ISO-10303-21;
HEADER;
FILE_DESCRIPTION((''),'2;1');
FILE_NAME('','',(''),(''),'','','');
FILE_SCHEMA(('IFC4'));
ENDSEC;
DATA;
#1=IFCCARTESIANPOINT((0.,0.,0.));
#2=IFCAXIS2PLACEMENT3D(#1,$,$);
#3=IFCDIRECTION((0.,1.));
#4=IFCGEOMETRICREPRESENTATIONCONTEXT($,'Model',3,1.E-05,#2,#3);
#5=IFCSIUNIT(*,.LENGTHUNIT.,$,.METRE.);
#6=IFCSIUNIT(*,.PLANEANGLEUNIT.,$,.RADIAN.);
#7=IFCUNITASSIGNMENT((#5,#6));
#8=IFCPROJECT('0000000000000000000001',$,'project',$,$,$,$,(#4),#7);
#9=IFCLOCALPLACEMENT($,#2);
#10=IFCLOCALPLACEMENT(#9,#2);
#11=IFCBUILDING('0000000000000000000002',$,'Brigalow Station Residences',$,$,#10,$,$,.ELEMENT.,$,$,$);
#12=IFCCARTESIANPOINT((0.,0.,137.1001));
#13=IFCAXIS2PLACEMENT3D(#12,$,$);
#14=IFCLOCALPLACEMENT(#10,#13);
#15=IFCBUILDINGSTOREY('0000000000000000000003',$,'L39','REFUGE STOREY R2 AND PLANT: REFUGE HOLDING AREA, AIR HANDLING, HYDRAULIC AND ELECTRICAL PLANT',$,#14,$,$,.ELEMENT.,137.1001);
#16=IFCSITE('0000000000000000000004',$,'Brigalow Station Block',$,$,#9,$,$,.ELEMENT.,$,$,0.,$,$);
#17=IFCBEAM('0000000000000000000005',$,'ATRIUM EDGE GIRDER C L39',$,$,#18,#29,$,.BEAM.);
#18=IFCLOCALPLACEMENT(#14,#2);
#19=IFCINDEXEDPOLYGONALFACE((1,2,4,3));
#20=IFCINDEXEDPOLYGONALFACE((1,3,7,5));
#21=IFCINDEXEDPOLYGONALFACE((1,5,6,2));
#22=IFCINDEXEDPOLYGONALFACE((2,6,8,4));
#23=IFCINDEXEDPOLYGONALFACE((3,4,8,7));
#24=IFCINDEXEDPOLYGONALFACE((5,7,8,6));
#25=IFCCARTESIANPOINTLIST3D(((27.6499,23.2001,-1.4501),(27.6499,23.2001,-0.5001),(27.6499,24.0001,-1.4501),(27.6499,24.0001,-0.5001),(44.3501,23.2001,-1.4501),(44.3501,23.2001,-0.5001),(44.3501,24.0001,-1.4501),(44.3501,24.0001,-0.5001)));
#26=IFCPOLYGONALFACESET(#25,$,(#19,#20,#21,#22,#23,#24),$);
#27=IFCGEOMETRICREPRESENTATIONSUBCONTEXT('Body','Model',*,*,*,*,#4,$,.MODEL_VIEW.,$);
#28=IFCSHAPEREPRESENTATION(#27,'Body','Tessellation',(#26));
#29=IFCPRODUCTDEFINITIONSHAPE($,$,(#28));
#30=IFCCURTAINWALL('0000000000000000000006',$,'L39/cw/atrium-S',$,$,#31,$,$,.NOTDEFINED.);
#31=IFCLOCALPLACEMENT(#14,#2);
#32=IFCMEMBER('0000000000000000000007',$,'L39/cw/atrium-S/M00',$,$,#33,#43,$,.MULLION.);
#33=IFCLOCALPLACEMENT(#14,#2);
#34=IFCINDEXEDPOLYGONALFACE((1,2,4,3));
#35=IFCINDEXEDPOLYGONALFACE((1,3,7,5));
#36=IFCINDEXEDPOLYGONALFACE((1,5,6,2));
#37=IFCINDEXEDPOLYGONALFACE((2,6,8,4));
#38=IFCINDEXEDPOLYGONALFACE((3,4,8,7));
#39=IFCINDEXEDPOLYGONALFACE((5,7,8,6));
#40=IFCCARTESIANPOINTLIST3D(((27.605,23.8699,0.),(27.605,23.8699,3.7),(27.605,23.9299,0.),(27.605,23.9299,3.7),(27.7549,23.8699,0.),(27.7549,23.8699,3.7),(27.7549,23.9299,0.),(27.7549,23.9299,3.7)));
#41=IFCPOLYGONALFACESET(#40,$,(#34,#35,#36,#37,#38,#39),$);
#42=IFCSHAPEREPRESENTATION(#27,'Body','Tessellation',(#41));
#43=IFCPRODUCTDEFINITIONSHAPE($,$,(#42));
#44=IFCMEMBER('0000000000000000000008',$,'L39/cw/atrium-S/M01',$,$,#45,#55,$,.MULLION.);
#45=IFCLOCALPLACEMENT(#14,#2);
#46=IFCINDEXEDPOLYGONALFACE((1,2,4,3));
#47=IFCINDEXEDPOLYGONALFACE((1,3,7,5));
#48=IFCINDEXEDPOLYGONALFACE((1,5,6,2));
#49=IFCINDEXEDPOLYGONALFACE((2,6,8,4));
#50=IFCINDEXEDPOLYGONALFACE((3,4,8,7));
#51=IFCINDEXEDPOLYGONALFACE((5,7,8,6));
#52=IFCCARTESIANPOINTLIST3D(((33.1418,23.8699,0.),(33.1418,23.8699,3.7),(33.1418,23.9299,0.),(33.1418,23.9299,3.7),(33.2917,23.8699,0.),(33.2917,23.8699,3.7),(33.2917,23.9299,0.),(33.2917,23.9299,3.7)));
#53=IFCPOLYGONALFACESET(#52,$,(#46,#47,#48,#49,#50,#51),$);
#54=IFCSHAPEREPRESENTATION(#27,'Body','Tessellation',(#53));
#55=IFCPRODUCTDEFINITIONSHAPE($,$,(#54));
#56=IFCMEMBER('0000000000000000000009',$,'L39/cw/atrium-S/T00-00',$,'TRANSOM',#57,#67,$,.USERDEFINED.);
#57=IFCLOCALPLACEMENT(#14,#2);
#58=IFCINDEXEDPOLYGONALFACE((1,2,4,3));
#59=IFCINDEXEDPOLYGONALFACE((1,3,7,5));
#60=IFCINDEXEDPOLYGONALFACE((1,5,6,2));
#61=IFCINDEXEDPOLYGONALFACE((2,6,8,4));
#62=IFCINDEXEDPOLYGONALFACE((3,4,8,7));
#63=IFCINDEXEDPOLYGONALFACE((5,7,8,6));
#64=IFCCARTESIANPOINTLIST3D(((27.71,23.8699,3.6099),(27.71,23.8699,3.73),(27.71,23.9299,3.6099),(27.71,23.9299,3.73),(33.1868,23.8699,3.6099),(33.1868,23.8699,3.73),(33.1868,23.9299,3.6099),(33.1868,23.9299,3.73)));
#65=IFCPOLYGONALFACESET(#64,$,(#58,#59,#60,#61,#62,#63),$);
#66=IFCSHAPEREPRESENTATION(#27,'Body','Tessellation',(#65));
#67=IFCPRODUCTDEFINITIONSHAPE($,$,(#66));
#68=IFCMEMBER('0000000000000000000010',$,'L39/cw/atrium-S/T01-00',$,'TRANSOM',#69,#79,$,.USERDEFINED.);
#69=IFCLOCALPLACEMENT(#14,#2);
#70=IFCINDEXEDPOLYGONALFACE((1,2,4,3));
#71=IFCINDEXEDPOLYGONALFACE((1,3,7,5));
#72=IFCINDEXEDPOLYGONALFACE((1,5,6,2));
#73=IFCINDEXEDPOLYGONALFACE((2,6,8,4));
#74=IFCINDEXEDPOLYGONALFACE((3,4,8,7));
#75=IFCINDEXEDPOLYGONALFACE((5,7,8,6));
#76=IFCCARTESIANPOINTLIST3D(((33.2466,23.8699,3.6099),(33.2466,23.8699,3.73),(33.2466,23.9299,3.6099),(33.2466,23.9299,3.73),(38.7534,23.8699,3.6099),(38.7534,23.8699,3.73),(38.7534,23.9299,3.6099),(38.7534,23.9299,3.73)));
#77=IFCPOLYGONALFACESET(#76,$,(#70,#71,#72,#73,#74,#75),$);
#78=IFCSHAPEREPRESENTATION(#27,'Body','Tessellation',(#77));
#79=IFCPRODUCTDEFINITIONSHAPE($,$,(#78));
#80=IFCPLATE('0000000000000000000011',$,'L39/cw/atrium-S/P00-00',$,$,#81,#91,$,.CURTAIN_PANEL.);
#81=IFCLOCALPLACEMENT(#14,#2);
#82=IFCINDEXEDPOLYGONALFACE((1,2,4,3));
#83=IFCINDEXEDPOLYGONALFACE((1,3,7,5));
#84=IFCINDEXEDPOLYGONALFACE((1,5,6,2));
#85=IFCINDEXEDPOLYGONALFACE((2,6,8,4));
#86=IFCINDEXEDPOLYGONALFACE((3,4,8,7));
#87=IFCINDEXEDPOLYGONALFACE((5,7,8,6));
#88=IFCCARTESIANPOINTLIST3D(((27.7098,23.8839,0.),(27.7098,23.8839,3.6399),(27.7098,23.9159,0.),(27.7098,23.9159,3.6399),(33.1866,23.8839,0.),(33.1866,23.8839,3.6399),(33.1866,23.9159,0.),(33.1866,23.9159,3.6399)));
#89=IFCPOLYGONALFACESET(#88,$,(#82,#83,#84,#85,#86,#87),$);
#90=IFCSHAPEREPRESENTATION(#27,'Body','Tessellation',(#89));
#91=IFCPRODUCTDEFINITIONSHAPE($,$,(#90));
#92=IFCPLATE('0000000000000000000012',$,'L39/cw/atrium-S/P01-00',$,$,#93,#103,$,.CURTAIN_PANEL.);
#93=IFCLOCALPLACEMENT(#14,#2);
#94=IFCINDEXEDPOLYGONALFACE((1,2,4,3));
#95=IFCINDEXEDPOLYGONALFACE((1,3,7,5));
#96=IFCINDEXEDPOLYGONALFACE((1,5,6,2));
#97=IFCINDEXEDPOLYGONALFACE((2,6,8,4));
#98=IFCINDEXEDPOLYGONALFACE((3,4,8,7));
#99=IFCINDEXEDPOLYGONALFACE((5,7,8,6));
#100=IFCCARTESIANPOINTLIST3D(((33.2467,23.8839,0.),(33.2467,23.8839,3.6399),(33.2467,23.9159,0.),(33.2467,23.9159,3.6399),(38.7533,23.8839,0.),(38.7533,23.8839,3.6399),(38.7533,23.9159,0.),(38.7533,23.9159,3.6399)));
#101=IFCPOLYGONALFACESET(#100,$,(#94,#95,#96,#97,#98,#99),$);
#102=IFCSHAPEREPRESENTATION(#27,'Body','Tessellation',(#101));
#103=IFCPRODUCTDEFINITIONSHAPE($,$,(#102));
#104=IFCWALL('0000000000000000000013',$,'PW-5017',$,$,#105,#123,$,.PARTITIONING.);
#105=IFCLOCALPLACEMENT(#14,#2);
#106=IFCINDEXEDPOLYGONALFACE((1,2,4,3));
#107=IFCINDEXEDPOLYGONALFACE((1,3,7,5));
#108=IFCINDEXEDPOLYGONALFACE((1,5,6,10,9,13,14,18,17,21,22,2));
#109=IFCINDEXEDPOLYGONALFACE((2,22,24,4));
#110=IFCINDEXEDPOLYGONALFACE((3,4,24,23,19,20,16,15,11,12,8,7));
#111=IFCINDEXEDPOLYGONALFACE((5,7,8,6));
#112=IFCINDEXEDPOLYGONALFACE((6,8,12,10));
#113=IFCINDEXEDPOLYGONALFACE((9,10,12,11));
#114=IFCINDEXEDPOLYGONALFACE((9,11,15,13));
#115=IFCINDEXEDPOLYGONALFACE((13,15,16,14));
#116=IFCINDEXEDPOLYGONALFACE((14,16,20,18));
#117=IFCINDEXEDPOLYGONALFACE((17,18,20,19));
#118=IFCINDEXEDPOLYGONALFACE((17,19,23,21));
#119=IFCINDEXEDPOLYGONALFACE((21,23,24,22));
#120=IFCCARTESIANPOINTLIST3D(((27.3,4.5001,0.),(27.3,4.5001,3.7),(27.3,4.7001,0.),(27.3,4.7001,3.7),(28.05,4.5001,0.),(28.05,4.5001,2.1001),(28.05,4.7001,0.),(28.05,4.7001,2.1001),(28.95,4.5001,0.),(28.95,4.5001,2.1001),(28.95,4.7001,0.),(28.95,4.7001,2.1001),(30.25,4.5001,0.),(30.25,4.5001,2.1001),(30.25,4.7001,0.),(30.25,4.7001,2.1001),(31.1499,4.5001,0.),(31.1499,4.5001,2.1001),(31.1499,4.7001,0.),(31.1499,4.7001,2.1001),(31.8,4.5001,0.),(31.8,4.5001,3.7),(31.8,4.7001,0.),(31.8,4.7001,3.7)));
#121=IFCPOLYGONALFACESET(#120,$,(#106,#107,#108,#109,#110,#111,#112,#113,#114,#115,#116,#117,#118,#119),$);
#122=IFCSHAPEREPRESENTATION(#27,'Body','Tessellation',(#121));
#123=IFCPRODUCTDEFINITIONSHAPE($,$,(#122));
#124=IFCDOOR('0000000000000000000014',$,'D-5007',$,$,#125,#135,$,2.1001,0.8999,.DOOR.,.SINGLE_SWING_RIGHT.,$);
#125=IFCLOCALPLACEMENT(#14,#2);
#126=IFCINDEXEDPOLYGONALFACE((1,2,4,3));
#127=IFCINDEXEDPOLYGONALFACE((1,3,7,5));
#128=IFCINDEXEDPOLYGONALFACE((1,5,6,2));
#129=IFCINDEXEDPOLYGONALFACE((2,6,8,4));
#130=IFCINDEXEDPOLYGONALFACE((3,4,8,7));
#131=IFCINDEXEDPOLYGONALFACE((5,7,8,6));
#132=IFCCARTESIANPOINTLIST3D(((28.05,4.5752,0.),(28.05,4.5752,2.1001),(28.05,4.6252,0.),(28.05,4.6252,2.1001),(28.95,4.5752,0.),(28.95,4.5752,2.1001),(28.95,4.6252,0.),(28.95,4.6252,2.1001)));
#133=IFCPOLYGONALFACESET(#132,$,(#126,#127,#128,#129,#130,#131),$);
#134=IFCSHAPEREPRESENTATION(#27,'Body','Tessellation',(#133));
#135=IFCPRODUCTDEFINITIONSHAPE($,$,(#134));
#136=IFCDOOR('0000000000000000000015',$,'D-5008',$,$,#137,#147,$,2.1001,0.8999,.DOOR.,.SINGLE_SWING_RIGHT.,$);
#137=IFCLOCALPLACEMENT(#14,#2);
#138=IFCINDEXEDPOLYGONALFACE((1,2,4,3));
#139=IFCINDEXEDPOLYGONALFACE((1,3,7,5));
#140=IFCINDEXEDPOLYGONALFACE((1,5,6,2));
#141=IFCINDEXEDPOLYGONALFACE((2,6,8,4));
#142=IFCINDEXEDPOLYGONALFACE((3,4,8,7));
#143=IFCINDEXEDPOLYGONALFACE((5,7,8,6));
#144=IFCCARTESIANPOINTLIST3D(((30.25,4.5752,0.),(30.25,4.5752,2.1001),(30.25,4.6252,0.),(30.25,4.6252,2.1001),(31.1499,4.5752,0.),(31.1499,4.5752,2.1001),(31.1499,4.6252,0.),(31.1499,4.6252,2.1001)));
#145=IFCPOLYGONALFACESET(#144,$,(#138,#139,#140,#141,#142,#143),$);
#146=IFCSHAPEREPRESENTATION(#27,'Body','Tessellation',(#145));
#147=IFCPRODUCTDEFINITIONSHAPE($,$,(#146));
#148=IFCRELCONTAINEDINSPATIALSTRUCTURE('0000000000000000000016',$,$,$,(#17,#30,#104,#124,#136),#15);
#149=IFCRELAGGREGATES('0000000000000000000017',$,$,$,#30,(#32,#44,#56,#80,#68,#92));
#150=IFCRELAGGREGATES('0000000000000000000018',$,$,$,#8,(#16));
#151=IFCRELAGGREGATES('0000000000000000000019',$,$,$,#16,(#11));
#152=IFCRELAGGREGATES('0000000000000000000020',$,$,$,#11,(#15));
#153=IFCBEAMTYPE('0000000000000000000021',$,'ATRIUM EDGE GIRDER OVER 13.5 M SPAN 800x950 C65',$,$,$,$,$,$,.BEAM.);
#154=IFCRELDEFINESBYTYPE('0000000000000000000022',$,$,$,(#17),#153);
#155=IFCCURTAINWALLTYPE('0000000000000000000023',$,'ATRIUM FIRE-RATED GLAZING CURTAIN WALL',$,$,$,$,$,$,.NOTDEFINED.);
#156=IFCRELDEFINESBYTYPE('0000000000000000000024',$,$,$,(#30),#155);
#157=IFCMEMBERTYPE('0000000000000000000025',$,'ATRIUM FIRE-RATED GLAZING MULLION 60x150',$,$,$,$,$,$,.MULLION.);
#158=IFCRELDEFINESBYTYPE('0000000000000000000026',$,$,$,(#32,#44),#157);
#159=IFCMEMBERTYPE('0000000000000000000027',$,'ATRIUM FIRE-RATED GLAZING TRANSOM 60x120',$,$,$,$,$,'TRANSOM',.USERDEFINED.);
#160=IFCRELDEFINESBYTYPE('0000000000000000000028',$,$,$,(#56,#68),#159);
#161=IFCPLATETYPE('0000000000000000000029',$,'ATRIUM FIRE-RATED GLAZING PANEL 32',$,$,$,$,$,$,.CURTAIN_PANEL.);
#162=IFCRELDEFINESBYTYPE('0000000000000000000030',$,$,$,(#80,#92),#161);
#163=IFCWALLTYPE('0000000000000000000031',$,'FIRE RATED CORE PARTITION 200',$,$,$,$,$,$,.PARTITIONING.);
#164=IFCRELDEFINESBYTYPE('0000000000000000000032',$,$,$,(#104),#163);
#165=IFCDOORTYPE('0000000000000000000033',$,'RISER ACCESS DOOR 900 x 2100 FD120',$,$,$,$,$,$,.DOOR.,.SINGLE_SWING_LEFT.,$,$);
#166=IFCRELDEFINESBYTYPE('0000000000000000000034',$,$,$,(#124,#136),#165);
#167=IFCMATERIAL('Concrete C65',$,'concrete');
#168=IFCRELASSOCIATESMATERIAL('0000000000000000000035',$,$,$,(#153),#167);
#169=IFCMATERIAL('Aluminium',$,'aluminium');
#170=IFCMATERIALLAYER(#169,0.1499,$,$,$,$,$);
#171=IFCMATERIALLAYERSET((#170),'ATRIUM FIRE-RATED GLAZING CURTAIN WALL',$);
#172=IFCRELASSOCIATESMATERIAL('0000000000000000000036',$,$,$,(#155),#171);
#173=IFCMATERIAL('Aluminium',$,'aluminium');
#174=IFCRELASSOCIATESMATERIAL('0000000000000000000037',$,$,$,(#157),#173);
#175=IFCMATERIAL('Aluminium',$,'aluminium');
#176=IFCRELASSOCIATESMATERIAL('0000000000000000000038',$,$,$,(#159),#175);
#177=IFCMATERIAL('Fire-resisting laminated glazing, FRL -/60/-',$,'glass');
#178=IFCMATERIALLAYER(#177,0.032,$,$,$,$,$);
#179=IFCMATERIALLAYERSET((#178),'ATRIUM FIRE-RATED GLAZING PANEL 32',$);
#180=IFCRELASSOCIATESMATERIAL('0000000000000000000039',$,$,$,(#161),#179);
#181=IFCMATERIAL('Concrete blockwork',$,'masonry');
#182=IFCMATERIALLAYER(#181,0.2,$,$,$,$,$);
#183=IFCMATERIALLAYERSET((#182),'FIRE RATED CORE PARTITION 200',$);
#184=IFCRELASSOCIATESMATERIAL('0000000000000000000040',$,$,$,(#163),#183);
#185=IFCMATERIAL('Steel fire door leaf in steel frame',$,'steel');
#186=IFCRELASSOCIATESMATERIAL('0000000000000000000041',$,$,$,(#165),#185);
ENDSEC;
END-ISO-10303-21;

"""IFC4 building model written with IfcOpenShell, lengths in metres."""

from ifc_helpers import new_model, si_unit, direction, frame, frame_2d, origin, origin_2d, place, context, subcontext, project, spatial, rectangle, extrude, material, layer, layer_set, material_profile, profile_set, type_object, element, fill, aggregate, save


model = new_model("IFC4")

# Units and contexts
model_context = context("Model", 3, precision=1e-05, world=origin(), true_north=direction((0.0, 1.0)))
body_context = subcontext(model_context, "Body", "Model", "MODEL_VIEW")
ifc_project = project(units=[si_unit("LENGTHUNIT", "METRE"), si_unit("PLANEANGLEUNIT", "RADIAN")], contexts=[model_context])

# Site, building, storey
site_placement = place(None, origin())
site = spatial("IfcSite", under=ifc_project, at=site_placement, Name="Brigalow Station Block", CompositionType="ELEMENT", RefElevation=0.0)
building_placement = place(site_placement, origin())
building = spatial("IfcBuilding", under=site, at=building_placement, Name="Brigalow Station Residences", CompositionType="ELEMENT")
storey_placement = place(building_placement, frame((0.0, 0.0, 137.1001)))
storey = spatial("IfcBuildingStorey", under=building, at=storey_placement, Name="L39", Description="REFUGE STOREY R2 AND PLANT: REFUGE HOLDING AREA, AIR HANDLING, HYDRAULIC AND ELECTRICAL PLANT", CompositionType="ELEMENT", Elevation=137.1001)

# Beam
ifc_material_1 = material(Name="Concrete C65", Category="concrete")
ifc_material_profile_1 = material_profile(ifc_material_1, rectangle(XDim=0.8, YDim=0.95, at=origin_2d()), Name="RC800x950")
ifc_profile_set_1 = profile_set([ifc_material_profile_1], Name="Concrete C65")
beam_type = type_object("IfcBeamType", Name="ATRIUM EDGE GIRDER OVER 13.5 M SPAN 800x950 C65", PredefinedType="BEAM", material=ifc_profile_set_1)
beam_placement = place(storey_placement, frame((27.6499, 23.6001, -0.9751), z_axis=(1.0, 0.0, 0.0), x_axis=(0.0, 1.0, 0.0)))
element("IfcBeam", 1, at=beam_placement, inside=storey, type_object=beam_type, Name="ATRIUM EDGE GIRDER C L39", PredefinedType="BEAM", context=body_context, shape_type="SweptSolid", body=[
    extrude(rectangle(XDim=0.8, YDim=0.95, at=origin_2d()), origin(), (0.0, 0.0, 1.0), 16.7002),
])

# Curtain wall, members, plates
ifc_material_2 = material(Name="Aluminium", Category="aluminium")
ifc_layer_1 = layer(ifc_material_2, 0.1499)
ifc_layer_set_1 = layer_set([ifc_layer_1], Name="ATRIUM FIRE-RATED GLAZING CURTAIN WALL")
curtain_wall_type = type_object("IfcCurtainWallType", Name="ATRIUM FIRE-RATED GLAZING CURTAIN WALL", PredefinedType="NOTDEFINED", material=ifc_layer_set_1)
curtain_wall_placement = place(storey_placement, origin())
curtain_wall = element("IfcCurtainWall", 2, at=curtain_wall_placement, inside=storey, type_object=curtain_wall_type, Name="L39/cw/atrium-S", PredefinedType="NOTDEFINED")
ifc_material_3 = material(Name="Aluminium", Category="aluminium")
ifc_material_profile_2 = material_profile(ifc_material_3, rectangle(XDim=0.0601, YDim=0.1499, at=origin_2d()), Name="ATRIUM FIRE-RATED GLAZING MULLION 60x150")
ifc_profile_set_2 = profile_set([ifc_material_profile_2], Name="Aluminium")
member_type_1 = type_object("IfcMemberType", Name="ATRIUM FIRE-RATED GLAZING MULLION 60x150", PredefinedType="MULLION", material=ifc_profile_set_2)
member_1_placement = place(storey_placement, frame((27.6799, 23.8999, 0.0), z_axis=(0.0, 0.0, 1.0), x_axis=(0.0, 1.0, 0.0)))
member_1 = element("IfcMember", 3, at=member_1_placement, type_object=member_type_1, Name="L39/cw/atrium-S/M00", PredefinedType="MULLION", context=body_context, shape_type="SweptSolid", body=[
    extrude(rectangle(XDim=0.0601, YDim=0.1499, at=origin_2d()), origin(), (0.0, 0.0, 1.0), 3.7),
])
member_2_placement = place(storey_placement, frame((33.2168, 23.8999, 0.0), z_axis=(0.0, 0.0, 1.0), x_axis=(0.0, 1.0, 0.0)))
member_2 = element("IfcMember", 4, at=member_2_placement, type_object=member_type_1, Name="L39/cw/atrium-S/M01", PredefinedType="MULLION", context=body_context, shape_type="SweptSolid", body=[
    extrude(rectangle(XDim=0.0601, YDim=0.1499, at=origin_2d()), origin(), (0.0, 0.0, 1.0), 3.7),
])
ifc_material_4 = material(Name="Aluminium", Category="aluminium")
ifc_material_profile_3 = material_profile(ifc_material_4, rectangle(XDim=0.0601, YDim=0.1201, at=origin_2d()), Name="ATRIUM FIRE-RATED GLAZING TRANSOM 60x120")
ifc_profile_set_3 = profile_set([ifc_material_profile_3], Name="Aluminium")
member_type_2 = type_object("IfcMemberType", Name="ATRIUM FIRE-RATED GLAZING TRANSOM 60x120", ElementType="TRANSOM", PredefinedType="USERDEFINED", material=ifc_profile_set_3)
member_3_placement = place(storey_placement, frame((27.71, 23.8999, 3.6699), z_axis=(1.0, 0.0, 0.0), x_axis=(0.0, 1.0, 0.0)))
member_3 = element("IfcMember", 5, at=member_3_placement, type_object=member_type_2, Name="L39/cw/atrium-S/T00-00", ObjectType="TRANSOM", PredefinedType="USERDEFINED", context=body_context, shape_type="SweptSolid", body=[
    extrude(rectangle(XDim=0.0601, YDim=0.1201, at=origin_2d()), origin(), (0.0, 0.0, 1.0), 5.4768),
])
member_4_placement = place(storey_placement, frame((33.2466, 23.8999, 3.6699), z_axis=(1.0, 0.0, 0.0), x_axis=(0.0, 1.0, 0.0)))
member_4 = element("IfcMember", 6, at=member_4_placement, type_object=member_type_2, Name="L39/cw/atrium-S/T01-00", ObjectType="TRANSOM", PredefinedType="USERDEFINED", context=body_context, shape_type="SweptSolid", body=[
    extrude(rectangle(XDim=0.0601, YDim=0.1201, at=origin_2d()), origin(), (0.0, 0.0, 1.0), 5.5068),
])
ifc_material_5 = material(Name="Fire-resisting laminated glazing, FRL -/60/-", Category="glass")
ifc_layer_2 = layer(ifc_material_5, 0.032)
ifc_layer_set_2 = layer_set([ifc_layer_2], Name="ATRIUM FIRE-RATED GLAZING PANEL 32")
plate_type = type_object("IfcPlateType", Name="ATRIUM FIRE-RATED GLAZING PANEL 32", PredefinedType="CURTAIN_PANEL", material=ifc_layer_set_2)
plate_1_placement = place(storey_placement, frame((30.4482, 23.8999, 0.0), z_axis=(0.0, 0.0, 1.0), x_axis=(1.0, 0.0, 0.0)))
plate_1 = element("IfcPlate", 7, at=plate_1_placement, type_object=plate_type, Name="L39/cw/atrium-S/P00-00", PredefinedType="CURTAIN_PANEL", context=body_context, shape_type="SweptSolid", body=[
    extrude(rectangle(XDim=5.4768, YDim=0.032, at=origin_2d()), origin(), (0.0, 0.0, 1.0), 3.6399),
])
plate_2_placement = place(storey_placement, frame((36.0, 23.8999, 0.0), z_axis=(0.0, 0.0, 1.0), x_axis=(1.0, 0.0, 0.0)))
plate_2 = element("IfcPlate", 8, at=plate_2_placement, type_object=plate_type, Name="L39/cw/atrium-S/P01-00", PredefinedType="CURTAIN_PANEL", context=body_context, shape_type="SweptSolid", body=[
    extrude(rectangle(XDim=5.5066, YDim=0.032, at=origin_2d()), origin(), (0.0, 0.0, 1.0), 3.6399),
])
aggregate(curtain_wall, [member_1, member_2, member_3, plate_1, member_4, plate_2])

# Wall, openings, doors
ifc_material_6 = material(Name="Concrete blockwork", Category="masonry")
ifc_layer_3 = layer(ifc_material_6, 0.2)
ifc_layer_set_3 = layer_set([ifc_layer_3], Name="FIRE RATED CORE PARTITION 200")
wall_type_1 = type_object("IfcWallType", Name="FIRE RATED CORE PARTITION 200", PredefinedType="PARTITIONING", material=ifc_layer_set_3)
wall_1_placement = place(storey_placement, frame((27.3, 4.6001, 0.0), z_axis=(0.0, 0.0, 1.0), x_axis=(1.0, 0.0, 0.0)))
wall_1 = element("IfcWall", 9, at=wall_1_placement, inside=storey, type_object=wall_type_1, Name="PW-5017", PredefinedType="PARTITIONING", context=body_context, shape_type="SweptSolid", body=[
    extrude(rectangle(XDim=4.5, YDim=0.2, at=frame_2d((2.25, 0.0))), origin(), (0.0, 0.0, 1.0), 3.7),
])
opening_1_placement = place(wall_1_placement, frame((0.75, 0.0, 0.0)))
opening_1 = element("IfcOpeningElement", 10, at=opening_1_placement, cuts=wall_1, PredefinedType="OPENING", context=body_context, shape_type="SweptSolid", body=[
    extrude(rectangle(XDim=0.8999, YDim=2.1001, at=frame_2d((0.45, 1.05))), frame((0.0, 0.1099, 0.0), z_axis=(0.0, -1.0, 0.0), x_axis=(1.0, 0.0, 0.0)), (0.0, 0.0, 1.0), 0.22),
])
opening_2_placement = place(wall_1_placement, frame((2.95, 0.0, 0.0)))
opening_2 = element("IfcOpeningElement", 11, at=opening_2_placement, cuts=wall_1, PredefinedType="OPENING", context=body_context, shape_type="SweptSolid", body=[
    extrude(rectangle(XDim=0.8999, YDim=2.1001, at=frame_2d((0.45, 1.05))), frame((0.0, 0.1099, 0.0), z_axis=(0.0, -1.0, 0.0), x_axis=(1.0, 0.0, 0.0)), (0.0, 0.0, 1.0), 0.22),
])
ifc_material_7 = material(Name="Steel fire door leaf in steel frame", Category="steel")
door_type_1 = type_object("IfcDoorType", Name="RISER ACCESS DOOR 900 x 2100 FD120", OperationType="SINGLE_SWING_LEFT", PredefinedType="DOOR", material=ifc_material_7)
door_1_placement = place(opening_1_placement, frame((0.8999, 0.0, 0.0), z_axis=(0.0, 0.0, 1.0), x_axis=(-1.0, 0.0, 0.0)))
door_1 = element("IfcDoor", 12, at=door_1_placement, inside=storey, type_object=door_type_1, Name="D-5007", OperationType="SINGLE_SWING_RIGHT", OverallHeight=2.1001, OverallWidth=0.8999, PredefinedType="DOOR", context=body_context, shape_type="SweptSolid", body=[
    extrude(rectangle(XDim=0.8999, YDim=2.1001, at=frame_2d((0.45, 1.05))), frame((0.0, 0.0249, 0.0), z_axis=(0.0, -1.0, 0.0), x_axis=(1.0, 0.0, 0.0)), (0.0, 0.0, 1.0), 0.05),
])
fill(opening_1, door_1)
door_2_placement = place(opening_2_placement, frame((0.8999, 0.0, 0.0), z_axis=(0.0, 0.0, 1.0), x_axis=(-1.0, 0.0, 0.0)))
door_2 = element("IfcDoor", 13, at=door_2_placement, inside=storey, type_object=door_type_1, Name="D-5008", OperationType="SINGLE_SWING_RIGHT", OverallHeight=2.1001, OverallWidth=0.8999, PredefinedType="DOOR", context=body_context, shape_type="SweptSolid", body=[
    extrude(rectangle(XDim=0.8999, YDim=2.1001, at=frame_2d((0.45, 1.05))), frame((0.0, 0.0249, 0.0), z_axis=(0.0, -1.0, 0.0), x_axis=(1.0, 0.0, 0.0)), (0.0, 0.0, 1.0), 0.05),
])
fill(opening_2, door_2)

save(model, "model.ifc")
